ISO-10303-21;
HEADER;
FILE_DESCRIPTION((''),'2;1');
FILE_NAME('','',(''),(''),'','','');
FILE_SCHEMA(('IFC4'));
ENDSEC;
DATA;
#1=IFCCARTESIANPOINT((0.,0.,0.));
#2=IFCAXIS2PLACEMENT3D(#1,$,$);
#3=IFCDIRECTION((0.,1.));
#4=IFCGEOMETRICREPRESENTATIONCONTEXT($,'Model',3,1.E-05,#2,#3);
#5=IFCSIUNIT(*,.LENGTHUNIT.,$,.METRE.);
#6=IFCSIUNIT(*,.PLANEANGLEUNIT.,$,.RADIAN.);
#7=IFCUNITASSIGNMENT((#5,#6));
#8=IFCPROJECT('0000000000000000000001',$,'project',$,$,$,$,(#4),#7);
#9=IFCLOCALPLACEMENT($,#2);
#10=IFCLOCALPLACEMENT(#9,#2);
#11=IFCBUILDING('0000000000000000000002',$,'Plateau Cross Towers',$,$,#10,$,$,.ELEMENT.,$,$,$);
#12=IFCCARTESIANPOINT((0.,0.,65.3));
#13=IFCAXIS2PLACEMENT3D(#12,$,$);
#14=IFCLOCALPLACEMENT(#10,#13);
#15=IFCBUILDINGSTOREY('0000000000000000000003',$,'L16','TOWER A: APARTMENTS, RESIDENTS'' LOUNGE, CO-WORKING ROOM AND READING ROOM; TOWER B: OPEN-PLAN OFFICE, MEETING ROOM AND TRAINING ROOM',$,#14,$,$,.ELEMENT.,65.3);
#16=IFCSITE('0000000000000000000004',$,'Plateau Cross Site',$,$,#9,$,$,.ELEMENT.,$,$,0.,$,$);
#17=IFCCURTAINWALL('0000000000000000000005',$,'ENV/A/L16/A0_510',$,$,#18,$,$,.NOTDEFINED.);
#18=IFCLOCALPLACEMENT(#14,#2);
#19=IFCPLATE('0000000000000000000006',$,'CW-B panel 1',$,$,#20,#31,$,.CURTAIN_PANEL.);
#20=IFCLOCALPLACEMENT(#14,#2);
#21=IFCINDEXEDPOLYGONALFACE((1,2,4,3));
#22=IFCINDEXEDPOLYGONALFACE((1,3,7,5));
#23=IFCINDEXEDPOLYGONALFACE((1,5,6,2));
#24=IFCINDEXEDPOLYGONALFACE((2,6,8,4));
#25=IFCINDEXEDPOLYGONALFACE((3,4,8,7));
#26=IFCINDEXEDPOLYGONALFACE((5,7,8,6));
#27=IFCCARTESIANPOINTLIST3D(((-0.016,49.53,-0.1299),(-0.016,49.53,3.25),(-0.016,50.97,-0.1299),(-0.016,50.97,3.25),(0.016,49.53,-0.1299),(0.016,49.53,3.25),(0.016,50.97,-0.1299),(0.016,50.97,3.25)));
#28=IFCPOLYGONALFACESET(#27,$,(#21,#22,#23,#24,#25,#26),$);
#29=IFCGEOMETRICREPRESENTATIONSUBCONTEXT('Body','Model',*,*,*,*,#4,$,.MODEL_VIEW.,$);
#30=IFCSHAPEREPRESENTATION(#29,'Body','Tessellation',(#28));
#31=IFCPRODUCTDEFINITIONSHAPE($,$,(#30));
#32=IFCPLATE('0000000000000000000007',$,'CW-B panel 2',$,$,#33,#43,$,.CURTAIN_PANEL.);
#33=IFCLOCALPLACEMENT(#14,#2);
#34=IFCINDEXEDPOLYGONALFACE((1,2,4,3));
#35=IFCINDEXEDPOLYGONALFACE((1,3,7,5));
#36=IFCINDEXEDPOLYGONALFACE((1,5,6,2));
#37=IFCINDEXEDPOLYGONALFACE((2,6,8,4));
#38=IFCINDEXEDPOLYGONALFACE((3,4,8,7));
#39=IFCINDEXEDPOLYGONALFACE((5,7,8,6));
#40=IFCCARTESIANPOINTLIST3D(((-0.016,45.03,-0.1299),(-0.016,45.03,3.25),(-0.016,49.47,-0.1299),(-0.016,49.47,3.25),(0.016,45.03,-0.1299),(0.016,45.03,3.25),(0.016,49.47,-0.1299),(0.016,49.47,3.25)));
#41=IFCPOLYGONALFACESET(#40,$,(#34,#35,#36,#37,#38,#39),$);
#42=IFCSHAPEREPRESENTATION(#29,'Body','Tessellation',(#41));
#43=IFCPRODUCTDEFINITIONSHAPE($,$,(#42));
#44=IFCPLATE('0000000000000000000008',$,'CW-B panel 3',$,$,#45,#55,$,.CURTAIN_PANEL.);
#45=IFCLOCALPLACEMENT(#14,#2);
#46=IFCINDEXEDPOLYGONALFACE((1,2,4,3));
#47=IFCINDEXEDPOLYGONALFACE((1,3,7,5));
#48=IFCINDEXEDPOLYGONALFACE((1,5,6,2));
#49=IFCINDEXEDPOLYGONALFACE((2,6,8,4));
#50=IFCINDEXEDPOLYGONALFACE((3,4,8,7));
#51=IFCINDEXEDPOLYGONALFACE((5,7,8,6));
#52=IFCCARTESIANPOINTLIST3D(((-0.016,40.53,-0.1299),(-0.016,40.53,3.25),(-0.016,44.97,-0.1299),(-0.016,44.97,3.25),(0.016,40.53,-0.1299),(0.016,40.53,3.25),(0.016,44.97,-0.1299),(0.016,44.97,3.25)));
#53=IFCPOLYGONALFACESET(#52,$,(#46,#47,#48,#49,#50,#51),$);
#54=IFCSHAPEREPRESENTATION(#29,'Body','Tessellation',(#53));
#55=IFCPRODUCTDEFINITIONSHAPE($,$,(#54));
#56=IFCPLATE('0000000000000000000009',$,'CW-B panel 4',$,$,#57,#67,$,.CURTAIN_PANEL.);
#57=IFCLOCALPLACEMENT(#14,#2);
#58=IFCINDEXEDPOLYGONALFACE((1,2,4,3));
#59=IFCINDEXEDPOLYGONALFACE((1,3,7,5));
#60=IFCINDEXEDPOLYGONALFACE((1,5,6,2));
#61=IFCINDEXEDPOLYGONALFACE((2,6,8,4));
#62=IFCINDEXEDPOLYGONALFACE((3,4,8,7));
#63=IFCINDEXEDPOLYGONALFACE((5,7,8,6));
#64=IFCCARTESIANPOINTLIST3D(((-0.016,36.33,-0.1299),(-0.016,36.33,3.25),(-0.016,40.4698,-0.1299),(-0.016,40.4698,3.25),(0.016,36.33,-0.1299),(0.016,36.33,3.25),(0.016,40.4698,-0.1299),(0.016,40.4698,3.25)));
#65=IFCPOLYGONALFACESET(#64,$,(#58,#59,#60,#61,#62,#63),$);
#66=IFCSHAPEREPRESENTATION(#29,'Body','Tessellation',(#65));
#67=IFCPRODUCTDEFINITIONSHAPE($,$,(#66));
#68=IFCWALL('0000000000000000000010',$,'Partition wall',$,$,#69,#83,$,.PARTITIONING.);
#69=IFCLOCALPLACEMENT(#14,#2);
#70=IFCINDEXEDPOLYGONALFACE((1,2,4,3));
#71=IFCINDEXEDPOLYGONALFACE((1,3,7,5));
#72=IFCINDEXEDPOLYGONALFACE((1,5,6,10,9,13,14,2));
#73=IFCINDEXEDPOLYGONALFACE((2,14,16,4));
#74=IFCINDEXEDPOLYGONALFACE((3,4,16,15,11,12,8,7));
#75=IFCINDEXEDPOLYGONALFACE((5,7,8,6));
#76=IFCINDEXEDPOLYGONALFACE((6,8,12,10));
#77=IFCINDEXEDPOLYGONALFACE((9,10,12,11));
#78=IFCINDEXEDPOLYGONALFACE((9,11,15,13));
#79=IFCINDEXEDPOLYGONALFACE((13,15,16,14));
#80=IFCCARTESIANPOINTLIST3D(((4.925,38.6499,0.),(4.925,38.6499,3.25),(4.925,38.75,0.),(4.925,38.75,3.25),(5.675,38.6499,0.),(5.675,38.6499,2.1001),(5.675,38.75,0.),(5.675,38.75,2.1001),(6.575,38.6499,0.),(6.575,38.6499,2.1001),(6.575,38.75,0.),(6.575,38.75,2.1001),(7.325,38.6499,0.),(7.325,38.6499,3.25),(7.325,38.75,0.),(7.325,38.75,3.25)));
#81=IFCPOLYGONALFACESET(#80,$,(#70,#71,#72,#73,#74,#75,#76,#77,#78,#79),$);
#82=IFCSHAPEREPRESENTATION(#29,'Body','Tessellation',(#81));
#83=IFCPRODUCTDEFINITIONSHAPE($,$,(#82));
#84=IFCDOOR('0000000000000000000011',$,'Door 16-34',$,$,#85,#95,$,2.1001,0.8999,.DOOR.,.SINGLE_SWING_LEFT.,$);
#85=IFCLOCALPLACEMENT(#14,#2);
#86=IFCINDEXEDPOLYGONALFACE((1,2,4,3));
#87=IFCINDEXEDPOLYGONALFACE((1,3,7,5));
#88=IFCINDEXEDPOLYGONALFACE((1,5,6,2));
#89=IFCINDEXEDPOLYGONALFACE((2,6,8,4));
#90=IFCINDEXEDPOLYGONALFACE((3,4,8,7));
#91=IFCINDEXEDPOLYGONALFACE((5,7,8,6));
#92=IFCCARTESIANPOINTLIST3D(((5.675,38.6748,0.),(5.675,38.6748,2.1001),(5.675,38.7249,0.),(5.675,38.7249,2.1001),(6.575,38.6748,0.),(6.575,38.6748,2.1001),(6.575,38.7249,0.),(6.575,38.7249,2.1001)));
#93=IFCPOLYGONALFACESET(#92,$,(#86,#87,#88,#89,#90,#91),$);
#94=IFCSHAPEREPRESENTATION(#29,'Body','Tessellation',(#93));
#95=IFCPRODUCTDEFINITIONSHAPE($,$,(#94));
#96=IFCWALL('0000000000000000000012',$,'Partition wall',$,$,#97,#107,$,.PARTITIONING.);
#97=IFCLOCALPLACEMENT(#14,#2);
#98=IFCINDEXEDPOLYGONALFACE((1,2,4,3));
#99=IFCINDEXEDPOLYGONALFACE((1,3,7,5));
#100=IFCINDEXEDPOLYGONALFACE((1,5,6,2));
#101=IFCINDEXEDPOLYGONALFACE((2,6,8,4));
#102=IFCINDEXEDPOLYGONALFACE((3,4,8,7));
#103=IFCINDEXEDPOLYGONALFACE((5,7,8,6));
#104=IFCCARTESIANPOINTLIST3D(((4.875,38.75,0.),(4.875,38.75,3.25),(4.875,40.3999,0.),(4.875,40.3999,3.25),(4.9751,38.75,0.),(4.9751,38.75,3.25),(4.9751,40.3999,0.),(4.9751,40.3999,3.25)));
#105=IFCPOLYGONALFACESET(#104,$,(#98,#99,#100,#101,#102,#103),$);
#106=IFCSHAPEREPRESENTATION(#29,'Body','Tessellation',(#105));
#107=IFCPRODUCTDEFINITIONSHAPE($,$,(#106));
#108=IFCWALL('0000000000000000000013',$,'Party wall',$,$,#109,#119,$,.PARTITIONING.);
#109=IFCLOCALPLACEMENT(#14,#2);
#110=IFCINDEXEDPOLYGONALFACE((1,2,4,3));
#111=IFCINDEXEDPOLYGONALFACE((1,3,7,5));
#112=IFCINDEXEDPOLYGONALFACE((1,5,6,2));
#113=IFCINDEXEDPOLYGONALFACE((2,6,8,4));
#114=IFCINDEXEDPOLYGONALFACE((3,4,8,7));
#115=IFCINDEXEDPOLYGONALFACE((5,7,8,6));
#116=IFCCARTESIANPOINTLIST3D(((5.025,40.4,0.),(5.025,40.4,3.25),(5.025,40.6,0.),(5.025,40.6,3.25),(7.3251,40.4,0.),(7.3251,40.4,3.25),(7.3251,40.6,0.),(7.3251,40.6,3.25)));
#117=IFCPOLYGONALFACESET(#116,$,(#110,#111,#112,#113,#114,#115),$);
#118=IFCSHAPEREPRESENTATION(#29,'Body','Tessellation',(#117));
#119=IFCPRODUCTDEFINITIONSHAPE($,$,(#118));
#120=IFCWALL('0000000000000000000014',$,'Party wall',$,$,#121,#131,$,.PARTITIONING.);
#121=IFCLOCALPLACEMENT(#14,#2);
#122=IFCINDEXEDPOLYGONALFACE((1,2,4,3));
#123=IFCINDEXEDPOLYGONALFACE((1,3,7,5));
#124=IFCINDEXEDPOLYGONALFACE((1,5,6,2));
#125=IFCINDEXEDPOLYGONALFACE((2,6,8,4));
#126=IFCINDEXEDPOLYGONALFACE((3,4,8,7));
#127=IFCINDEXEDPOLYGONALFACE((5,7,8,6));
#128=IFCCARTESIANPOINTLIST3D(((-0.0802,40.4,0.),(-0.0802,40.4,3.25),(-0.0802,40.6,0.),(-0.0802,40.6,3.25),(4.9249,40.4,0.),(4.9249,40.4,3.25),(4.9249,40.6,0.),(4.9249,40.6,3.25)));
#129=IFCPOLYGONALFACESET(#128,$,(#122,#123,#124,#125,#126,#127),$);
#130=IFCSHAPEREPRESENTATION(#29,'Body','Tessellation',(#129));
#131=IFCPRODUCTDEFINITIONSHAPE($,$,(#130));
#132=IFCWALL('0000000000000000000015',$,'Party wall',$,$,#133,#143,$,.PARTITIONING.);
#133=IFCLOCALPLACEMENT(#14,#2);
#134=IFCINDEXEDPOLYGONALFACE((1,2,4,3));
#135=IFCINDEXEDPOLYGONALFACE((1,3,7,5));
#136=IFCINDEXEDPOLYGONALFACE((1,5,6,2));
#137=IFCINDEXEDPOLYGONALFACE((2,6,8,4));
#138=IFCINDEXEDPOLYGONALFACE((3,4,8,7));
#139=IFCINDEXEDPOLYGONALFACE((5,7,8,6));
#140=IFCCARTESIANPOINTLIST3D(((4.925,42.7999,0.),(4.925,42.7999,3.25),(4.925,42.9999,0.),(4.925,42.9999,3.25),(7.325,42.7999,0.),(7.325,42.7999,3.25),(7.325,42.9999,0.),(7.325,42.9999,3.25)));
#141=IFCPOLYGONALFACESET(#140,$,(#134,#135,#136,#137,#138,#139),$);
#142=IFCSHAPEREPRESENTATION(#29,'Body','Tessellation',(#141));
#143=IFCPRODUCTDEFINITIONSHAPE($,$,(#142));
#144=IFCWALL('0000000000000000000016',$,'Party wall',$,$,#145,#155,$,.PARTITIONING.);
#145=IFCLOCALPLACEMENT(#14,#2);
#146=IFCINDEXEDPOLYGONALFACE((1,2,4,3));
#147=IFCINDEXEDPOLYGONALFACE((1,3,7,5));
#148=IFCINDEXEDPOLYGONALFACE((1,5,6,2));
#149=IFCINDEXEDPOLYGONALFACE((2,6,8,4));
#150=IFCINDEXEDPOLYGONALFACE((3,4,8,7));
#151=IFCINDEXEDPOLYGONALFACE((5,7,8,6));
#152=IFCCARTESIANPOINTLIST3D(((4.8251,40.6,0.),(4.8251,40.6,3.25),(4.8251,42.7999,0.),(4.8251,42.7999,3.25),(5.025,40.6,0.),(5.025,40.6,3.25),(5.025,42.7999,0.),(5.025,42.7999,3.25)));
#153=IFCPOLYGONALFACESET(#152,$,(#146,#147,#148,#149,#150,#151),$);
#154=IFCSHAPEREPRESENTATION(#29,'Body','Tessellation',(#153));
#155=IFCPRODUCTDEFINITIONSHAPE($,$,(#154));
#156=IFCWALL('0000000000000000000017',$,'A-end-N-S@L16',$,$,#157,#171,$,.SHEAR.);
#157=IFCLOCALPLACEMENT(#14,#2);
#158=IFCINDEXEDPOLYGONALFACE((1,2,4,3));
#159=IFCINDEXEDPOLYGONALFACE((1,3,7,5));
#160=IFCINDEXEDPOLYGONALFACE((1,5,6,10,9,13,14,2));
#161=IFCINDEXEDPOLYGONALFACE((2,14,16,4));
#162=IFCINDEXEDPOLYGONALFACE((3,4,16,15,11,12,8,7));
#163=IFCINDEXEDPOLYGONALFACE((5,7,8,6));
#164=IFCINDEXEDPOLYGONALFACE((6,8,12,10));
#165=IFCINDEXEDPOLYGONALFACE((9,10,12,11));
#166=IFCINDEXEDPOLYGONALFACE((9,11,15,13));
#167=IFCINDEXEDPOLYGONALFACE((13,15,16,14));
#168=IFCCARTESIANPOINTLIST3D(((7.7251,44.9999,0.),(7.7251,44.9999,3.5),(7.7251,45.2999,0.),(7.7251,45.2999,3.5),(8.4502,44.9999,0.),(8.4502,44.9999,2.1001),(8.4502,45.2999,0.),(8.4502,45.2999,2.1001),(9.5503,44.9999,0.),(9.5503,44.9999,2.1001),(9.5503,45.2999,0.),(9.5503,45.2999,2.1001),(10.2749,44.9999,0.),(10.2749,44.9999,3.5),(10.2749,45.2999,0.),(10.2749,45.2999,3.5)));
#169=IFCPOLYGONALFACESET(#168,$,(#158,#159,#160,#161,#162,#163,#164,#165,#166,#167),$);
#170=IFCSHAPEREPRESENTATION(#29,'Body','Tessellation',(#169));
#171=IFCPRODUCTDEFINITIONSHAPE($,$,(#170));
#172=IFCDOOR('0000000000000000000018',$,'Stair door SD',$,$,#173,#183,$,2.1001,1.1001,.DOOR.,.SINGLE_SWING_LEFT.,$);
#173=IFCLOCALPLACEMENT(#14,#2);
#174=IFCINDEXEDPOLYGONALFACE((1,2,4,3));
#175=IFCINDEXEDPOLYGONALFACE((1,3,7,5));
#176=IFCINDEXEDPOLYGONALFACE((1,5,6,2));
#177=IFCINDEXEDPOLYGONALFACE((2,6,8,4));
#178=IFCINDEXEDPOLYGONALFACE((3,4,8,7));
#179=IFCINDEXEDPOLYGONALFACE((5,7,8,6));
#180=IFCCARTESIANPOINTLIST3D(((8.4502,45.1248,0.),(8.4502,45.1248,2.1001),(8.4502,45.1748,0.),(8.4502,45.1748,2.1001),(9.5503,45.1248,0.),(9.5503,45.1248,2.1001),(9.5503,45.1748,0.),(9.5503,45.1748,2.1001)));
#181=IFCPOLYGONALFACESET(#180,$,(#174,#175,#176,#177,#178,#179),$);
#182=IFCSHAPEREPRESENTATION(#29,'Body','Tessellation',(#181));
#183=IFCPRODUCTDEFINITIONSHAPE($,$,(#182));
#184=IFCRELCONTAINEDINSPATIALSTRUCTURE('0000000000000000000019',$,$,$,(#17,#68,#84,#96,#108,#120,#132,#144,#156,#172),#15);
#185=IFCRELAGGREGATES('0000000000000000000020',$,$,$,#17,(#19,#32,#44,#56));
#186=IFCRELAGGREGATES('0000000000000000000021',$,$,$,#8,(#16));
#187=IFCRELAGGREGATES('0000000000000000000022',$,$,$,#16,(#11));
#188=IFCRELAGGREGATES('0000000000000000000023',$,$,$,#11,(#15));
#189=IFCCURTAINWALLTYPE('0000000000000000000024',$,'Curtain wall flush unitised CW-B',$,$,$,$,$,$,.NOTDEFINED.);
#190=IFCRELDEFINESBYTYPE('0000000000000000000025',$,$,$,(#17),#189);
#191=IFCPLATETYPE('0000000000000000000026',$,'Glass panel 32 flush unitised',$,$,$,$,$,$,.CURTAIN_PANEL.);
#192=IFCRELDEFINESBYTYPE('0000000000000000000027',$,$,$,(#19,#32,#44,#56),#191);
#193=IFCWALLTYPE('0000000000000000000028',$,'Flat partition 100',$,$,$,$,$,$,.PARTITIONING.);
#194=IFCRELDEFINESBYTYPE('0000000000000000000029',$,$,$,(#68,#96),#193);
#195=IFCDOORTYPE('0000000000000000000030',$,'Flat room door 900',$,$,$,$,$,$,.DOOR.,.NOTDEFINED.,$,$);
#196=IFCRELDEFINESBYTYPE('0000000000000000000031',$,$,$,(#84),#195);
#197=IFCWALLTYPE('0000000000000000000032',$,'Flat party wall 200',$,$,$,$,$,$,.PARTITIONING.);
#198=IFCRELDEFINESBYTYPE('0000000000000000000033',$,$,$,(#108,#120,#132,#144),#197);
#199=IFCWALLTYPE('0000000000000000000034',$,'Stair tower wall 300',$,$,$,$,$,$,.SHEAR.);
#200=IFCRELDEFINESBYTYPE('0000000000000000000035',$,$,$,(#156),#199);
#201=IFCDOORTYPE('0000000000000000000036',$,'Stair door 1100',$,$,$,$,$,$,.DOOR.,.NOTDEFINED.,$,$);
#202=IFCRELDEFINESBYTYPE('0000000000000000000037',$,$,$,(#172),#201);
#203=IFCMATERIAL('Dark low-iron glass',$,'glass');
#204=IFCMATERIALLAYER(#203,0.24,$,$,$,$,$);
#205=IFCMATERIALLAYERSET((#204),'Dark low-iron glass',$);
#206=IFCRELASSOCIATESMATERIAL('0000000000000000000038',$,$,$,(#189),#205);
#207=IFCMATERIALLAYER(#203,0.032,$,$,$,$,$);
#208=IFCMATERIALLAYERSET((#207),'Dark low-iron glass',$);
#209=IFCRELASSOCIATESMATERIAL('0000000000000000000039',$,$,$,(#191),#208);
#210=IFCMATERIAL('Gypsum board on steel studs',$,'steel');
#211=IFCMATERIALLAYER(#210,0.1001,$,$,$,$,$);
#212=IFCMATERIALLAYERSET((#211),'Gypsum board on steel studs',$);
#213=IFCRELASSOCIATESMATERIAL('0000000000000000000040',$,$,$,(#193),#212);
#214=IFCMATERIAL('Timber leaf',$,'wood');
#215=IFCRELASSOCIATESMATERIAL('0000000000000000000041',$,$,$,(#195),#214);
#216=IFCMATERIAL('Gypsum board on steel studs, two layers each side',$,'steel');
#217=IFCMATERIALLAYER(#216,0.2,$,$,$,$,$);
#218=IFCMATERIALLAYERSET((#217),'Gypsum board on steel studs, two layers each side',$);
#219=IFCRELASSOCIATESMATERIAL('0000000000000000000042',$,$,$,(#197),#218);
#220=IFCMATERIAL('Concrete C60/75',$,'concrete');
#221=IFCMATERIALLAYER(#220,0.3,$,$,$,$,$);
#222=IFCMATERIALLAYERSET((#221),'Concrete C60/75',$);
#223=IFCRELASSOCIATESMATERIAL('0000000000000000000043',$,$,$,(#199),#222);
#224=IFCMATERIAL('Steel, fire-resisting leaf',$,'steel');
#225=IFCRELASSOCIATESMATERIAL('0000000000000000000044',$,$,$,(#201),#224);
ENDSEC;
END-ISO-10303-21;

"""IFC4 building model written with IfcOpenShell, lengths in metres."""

from ifc_helpers import new_model, si_unit, direction, frame, frame_2d, origin, origin_2d, place, context, subcontext, project, spatial, rectangle, extrude, material, layer, layer_set, type_object, element, fill, aggregate, save


model = new_model("IFC4")

# Units and contexts
model_context = context("Model", 3, precision=1e-05, world=origin(), true_north=direction((0.0, 1.0)))
body_context = subcontext(model_context, "Body", "Model", "MODEL_VIEW")
ifc_project = project(units=[si_unit("LENGTHUNIT", "METRE"), si_unit("PLANEANGLEUNIT", "RADIAN")], contexts=[model_context])

# Site, building, storey
site_placement = place(None, origin())
site = spatial("IfcSite", under=ifc_project, at=site_placement, Name="Plateau Cross Site", CompositionType="ELEMENT", RefElevation=0.0)
building_placement = place(site_placement, origin())
building = spatial("IfcBuilding", under=site, at=building_placement, Name="Plateau Cross Towers", CompositionType="ELEMENT")
storey_placement = place(building_placement, frame((0.0, 0.0, 65.3)))
storey = spatial("IfcBuildingStorey", under=building, at=storey_placement, Name="L16", Description="TOWER A: APARTMENTS, RESIDENTS' LOUNGE, CO-WORKING ROOM AND READING ROOM; TOWER B: OPEN-PLAN OFFICE, MEETING ROOM AND TRAINING ROOM", CompositionType="ELEMENT", Elevation=65.3)

# Shared definitions
ifc_material_1 = material(Name="Concrete C60/75", Category="concrete")

# Shared definitions
ifc_material_2 = material(Name="Dark low-iron glass", Category="glass")
ifc_layer_1 = layer(ifc_material_2, 0.24)
ifc_layer_set_1 = layer_set([ifc_layer_1], Name="Dark low-iron glass")
curtain_wall_type = type_object("IfcCurtainWallType", Name="Curtain wall flush unitised CW-B", PredefinedType="NOTDEFINED", material=ifc_layer_set_1)

# Curtain wall
curtain_wall_1_placement = place(storey_placement, origin())
curtain_wall_1 = element("IfcCurtainWall", 1, at=curtain_wall_1_placement, inside=storey, type_object=curtain_wall_type, Name="ENV/A/L16/A0_510", PredefinedType="NOTDEFINED")

# Shared definitions
ifc_layer_2 = layer(ifc_material_2, 0.032)
ifc_layer_set_2 = layer_set([ifc_layer_2], Name="Dark low-iron glass")
plate_type = type_object("IfcPlateType", Name="Glass panel 32 flush unitised", PredefinedType="CURTAIN_PANEL", material=ifc_layer_set_2)

# Plates
plate_1_placement = place(storey_placement, frame((0.0, 50.25, -0.1299), z_axis=(0.0, 0.0, 1.0), x_axis=(0.0, -1.0, 0.0)))
plate_1 = element("IfcPlate", 2, at=plate_1_placement, type_object=plate_type, Name="CW-B panel 1", PredefinedType="CURTAIN_PANEL", context=body_context, shape_type="SweptSolid", body=[
    extrude(rectangle(XDim=1.4399, YDim=0.032, at=origin_2d()), origin(), (0.0, 0.0, 1.0), 3.3799),
])
plate_2_placement = place(storey_placement, frame((0.0, 47.25, -0.1299), z_axis=(0.0, 0.0, 1.0), x_axis=(0.0, -1.0, 0.0)))
plate_2 = element("IfcPlate", 3, at=plate_2_placement, type_object=plate_type, Name="CW-B panel 2", PredefinedType="CURTAIN_PANEL", context=body_context, shape_type="SweptSolid", body=[
    extrude(rectangle(XDim=4.4399, YDim=0.032, at=origin_2d()), origin(), (0.0, 0.0, 1.0), 3.3799),
])
plate_3_placement = place(storey_placement, frame((0.0, 42.75, -0.1299), z_axis=(0.0, 0.0, 1.0), x_axis=(0.0, -1.0, 0.0)))
plate_3 = element("IfcPlate", 4, at=plate_3_placement, type_object=plate_type, Name="CW-B panel 3", PredefinedType="CURTAIN_PANEL", context=body_context, shape_type="SweptSolid", body=[
    extrude(rectangle(XDim=4.4399, YDim=0.032, at=origin_2d()), origin(), (0.0, 0.0, 1.0), 3.3799),
])
plate_4_placement = place(storey_placement, frame((0.0, 38.3999, -0.1299), z_axis=(0.0, 0.0, 1.0), x_axis=(0.0, -1.0, 0.0)))
plate_4 = element("IfcPlate", 5, at=plate_4_placement, type_object=plate_type, Name="CW-B panel 4", PredefinedType="CURTAIN_PANEL", context=body_context, shape_type="SweptSolid", body=[
    extrude(rectangle(XDim=4.1399, YDim=0.032, at=origin_2d()), origin(), (0.0, 0.0, 1.0), 3.3799),
])
aggregate(curtain_wall_1, [plate_1, plate_2, plate_3, plate_4])

# Wall, opening, door
ifc_material_3 = material(Name="Gypsum board on steel studs", Category="steel")
ifc_layer_3 = layer(ifc_material_3, 0.1001)
ifc_layer_set_3 = layer_set([ifc_layer_3], Name="Gypsum board on steel studs")
wall_type_1 = type_object("IfcWallType", Name="Flat partition 100", PredefinedType="PARTITIONING", material=ifc_layer_set_3)
wall_1_placement = place(storey_placement, frame((4.925, 38.7, 0.0), z_axis=(0.0, 0.0, 1.0), x_axis=(1.0, 0.0, 0.0)))
wall_1 = element("IfcWall", 6, at=wall_1_placement, inside=storey, type_object=wall_type_1, Name="Partition wall", PredefinedType="PARTITIONING", context=body_context, shape_type="SweptSolid", body=[
    extrude(rectangle(XDim=2.3999, YDim=0.1001, at=frame_2d((1.2, 0.0))), origin(), (0.0, 0.0, 1.0), 3.25),
])
opening_1_placement = place(wall_1_placement, frame((0.75, 0.0, 0.0)))
opening_1 = element("IfcOpeningElement", 7, at=opening_1_placement, cuts=wall_1, PredefinedType="OPENING", context=body_context, shape_type="SweptSolid", body=[
    extrude(rectangle(XDim=0.8999, YDim=2.1001, at=frame_2d((0.45, 1.05))), frame((0.0, 0.0601, 0.0), z_axis=(0.0, -1.0, 0.0), x_axis=(1.0, 0.0, 0.0)), (0.0, 0.0, 1.0), 0.1201),
])
ifc_material_4 = material(Name="Timber leaf", Category="wood")
door_type_1 = type_object("IfcDoorType", Name="Flat room door 900", OperationType="NOTDEFINED", PredefinedType="DOOR", material=ifc_material_4)
door_1_placement = place(opening_1_placement, origin())
door_1 = element("IfcDoor", 8, at=door_1_placement, inside=storey, type_object=door_type_1, Name="Door 16-34", OperationType="SINGLE_SWING_LEFT", OverallHeight=2.1001, OverallWidth=0.8999, PredefinedType="DOOR", context=body_context, shape_type="SweptSolid", body=[
    extrude(rectangle(XDim=0.8999, YDim=2.1001, at=frame_2d((0.45, 1.05))), frame((0.0, 0.0249, 0.0), z_axis=(0.0, -1.0, 0.0), x_axis=(1.0, 0.0, 0.0)), (0.0, 0.0, 1.0), 0.05),
])
fill(opening_1, door_1)

# Walls
wall_2_placement = place(storey_placement, frame((4.925, 40.3999, 0.0), z_axis=(0.0, 0.0, 1.0), x_axis=(0.0, -1.0, 0.0)))
element("IfcWall", 9, at=wall_2_placement, inside=storey, type_object=wall_type_1, Name="Partition wall", PredefinedType="PARTITIONING", context=body_context, shape_type="SweptSolid", body=[
    extrude(rectangle(XDim=1.6499, YDim=0.1001, at=frame_2d((0.825, 0.0))), origin(), (0.0, 0.0, 1.0), 3.25),
])
ifc_material_5 = material(Name="Gypsum board on steel studs, two layers each side", Category="steel")
ifc_layer_4 = layer(ifc_material_5, 0.2)
ifc_layer_set_4 = layer_set([ifc_layer_4], Name="Gypsum board on steel studs, two layers each side")
wall_type_2 = type_object("IfcWallType", Name="Flat party wall 200", PredefinedType="PARTITIONING", material=ifc_layer_set_4)
wall_3_placement = place(storey_placement, frame((7.325, 40.5, 0.0), z_axis=(0.0, 0.0, 1.0), x_axis=(-1.0, 0.0, 0.0)))
element("IfcWall", 10, at=wall_3_placement, inside=storey, type_object=wall_type_2, Name="Party wall", PredefinedType="PARTITIONING", context=body_context, shape_type="SweptSolid", body=[
    extrude(rectangle(XDim=2.3, YDim=0.2, at=frame_2d((1.1499, 0.0))), origin(), (0.0, 0.0, 1.0), 3.25),
])
wall_4_placement = place(storey_placement, frame((-0.0801, 40.5, 0.0), z_axis=(0.0, 0.0, 1.0), x_axis=(1.0, 0.0, 0.0)))
element("IfcWall", 11, at=wall_4_placement, inside=storey, type_object=wall_type_2, Name="Party wall", PredefinedType="PARTITIONING", context=body_context, shape_type="SweptSolid", body=[
    extrude(rectangle(XDim=5.0051, YDim=0.2, at=frame_2d((2.5024, 0.0))), origin(), (0.0, 0.0, 1.0), 3.25),
])
wall_5_placement = place(storey_placement, frame((7.325, 42.8999, 0.0), z_axis=(0.0, 0.0, 1.0), x_axis=(-1.0, 0.0, 0.0)))
element("IfcWall", 12, at=wall_5_placement, inside=storey, type_object=wall_type_2, Name="Party wall", PredefinedType="PARTITIONING", context=body_context, shape_type="SweptSolid", body=[
    extrude(rectangle(XDim=2.3999, YDim=0.2, at=frame_2d((1.2, 0.0))), origin(), (0.0, 0.0, 1.0), 3.25),
])
wall_6_placement = place(storey_placement, frame((4.925, 42.8, 0.0), z_axis=(0.0, 0.0, 1.0), x_axis=(0.0, -1.0, 0.0)))
element("IfcWall", 13, at=wall_6_placement, inside=storey, type_object=wall_type_2, Name="Party wall", PredefinedType="PARTITIONING", context=body_context, shape_type="SweptSolid", body=[
    extrude(rectangle(XDim=2.2, YDim=0.2, at=frame_2d((1.1001, 0.0))), origin(), (0.0, 0.0, 1.0), 3.25),
])

# Wall, opening, door
ifc_layer_5 = layer(ifc_material_1, 0.3)
ifc_layer_set_5 = layer_set([ifc_layer_5], Name="Concrete C60/75")
wall_type_3 = type_object("IfcWallType", Name="Stair tower wall 300", PredefinedType="SHEAR", material=ifc_layer_set_5)
wall_7_placement = place(storey_placement, frame((7.7251, 45.1499, 0.0), z_axis=(0.0, 0.0, 1.0), x_axis=(1.0, 0.0, 0.0)))
wall_7 = element("IfcWall", 14, at=wall_7_placement, inside=storey, type_object=wall_type_3, Name="A-end-N-S@L16", PredefinedType="SHEAR", context=body_context, shape_type="SweptSolid", body=[
    extrude(rectangle(XDim=2.5498, YDim=0.3, at=frame_2d((1.2749, 0.0))), origin(), (0.0, 0.0, 1.0), 3.5),
])
opening_2_placement = place(wall_7_placement, frame((0.7251, 0.0, 0.0)))
opening_2 = element("IfcOpeningElement", 15, at=opening_2_placement, cuts=wall_7, PredefinedType="OPENING", context=body_context, shape_type="SweptSolid", body=[
    extrude(rectangle(XDim=1.1001, YDim=2.1001, at=frame_2d((0.55, 1.05))), frame((0.0, 0.1599, 0.0), z_axis=(0.0, -1.0, 0.0), x_axis=(1.0, 0.0, 0.0)), (0.0, 0.0, 1.0), 0.3201),
])
ifc_material_6 = material(Name="Steel, fire-resisting leaf", Category="steel")
door_type_2 = type_object("IfcDoorType", Name="Stair door 1100", OperationType="NOTDEFINED", PredefinedType="DOOR", material=ifc_material_6)
door_2_placement = place(opening_2_placement, origin())
door_2 = element("IfcDoor", 16, at=door_2_placement, inside=storey, type_object=door_type_2, Name="Stair door SD", OperationType="SINGLE_SWING_LEFT", OverallHeight=2.1001, OverallWidth=1.1001, PredefinedType="DOOR", context=body_context, shape_type="SweptSolid", body=[
    extrude(rectangle(XDim=1.1001, YDim=2.1001, at=frame_2d((0.55, 1.05))), frame((0.0, 0.0249, 0.0), z_axis=(0.0, -1.0, 0.0), x_axis=(1.0, 0.0, 0.0)), (0.0, 0.0, 1.0), 0.05),
])
fill(opening_2, door_2)

save(model, "model.ifc")
